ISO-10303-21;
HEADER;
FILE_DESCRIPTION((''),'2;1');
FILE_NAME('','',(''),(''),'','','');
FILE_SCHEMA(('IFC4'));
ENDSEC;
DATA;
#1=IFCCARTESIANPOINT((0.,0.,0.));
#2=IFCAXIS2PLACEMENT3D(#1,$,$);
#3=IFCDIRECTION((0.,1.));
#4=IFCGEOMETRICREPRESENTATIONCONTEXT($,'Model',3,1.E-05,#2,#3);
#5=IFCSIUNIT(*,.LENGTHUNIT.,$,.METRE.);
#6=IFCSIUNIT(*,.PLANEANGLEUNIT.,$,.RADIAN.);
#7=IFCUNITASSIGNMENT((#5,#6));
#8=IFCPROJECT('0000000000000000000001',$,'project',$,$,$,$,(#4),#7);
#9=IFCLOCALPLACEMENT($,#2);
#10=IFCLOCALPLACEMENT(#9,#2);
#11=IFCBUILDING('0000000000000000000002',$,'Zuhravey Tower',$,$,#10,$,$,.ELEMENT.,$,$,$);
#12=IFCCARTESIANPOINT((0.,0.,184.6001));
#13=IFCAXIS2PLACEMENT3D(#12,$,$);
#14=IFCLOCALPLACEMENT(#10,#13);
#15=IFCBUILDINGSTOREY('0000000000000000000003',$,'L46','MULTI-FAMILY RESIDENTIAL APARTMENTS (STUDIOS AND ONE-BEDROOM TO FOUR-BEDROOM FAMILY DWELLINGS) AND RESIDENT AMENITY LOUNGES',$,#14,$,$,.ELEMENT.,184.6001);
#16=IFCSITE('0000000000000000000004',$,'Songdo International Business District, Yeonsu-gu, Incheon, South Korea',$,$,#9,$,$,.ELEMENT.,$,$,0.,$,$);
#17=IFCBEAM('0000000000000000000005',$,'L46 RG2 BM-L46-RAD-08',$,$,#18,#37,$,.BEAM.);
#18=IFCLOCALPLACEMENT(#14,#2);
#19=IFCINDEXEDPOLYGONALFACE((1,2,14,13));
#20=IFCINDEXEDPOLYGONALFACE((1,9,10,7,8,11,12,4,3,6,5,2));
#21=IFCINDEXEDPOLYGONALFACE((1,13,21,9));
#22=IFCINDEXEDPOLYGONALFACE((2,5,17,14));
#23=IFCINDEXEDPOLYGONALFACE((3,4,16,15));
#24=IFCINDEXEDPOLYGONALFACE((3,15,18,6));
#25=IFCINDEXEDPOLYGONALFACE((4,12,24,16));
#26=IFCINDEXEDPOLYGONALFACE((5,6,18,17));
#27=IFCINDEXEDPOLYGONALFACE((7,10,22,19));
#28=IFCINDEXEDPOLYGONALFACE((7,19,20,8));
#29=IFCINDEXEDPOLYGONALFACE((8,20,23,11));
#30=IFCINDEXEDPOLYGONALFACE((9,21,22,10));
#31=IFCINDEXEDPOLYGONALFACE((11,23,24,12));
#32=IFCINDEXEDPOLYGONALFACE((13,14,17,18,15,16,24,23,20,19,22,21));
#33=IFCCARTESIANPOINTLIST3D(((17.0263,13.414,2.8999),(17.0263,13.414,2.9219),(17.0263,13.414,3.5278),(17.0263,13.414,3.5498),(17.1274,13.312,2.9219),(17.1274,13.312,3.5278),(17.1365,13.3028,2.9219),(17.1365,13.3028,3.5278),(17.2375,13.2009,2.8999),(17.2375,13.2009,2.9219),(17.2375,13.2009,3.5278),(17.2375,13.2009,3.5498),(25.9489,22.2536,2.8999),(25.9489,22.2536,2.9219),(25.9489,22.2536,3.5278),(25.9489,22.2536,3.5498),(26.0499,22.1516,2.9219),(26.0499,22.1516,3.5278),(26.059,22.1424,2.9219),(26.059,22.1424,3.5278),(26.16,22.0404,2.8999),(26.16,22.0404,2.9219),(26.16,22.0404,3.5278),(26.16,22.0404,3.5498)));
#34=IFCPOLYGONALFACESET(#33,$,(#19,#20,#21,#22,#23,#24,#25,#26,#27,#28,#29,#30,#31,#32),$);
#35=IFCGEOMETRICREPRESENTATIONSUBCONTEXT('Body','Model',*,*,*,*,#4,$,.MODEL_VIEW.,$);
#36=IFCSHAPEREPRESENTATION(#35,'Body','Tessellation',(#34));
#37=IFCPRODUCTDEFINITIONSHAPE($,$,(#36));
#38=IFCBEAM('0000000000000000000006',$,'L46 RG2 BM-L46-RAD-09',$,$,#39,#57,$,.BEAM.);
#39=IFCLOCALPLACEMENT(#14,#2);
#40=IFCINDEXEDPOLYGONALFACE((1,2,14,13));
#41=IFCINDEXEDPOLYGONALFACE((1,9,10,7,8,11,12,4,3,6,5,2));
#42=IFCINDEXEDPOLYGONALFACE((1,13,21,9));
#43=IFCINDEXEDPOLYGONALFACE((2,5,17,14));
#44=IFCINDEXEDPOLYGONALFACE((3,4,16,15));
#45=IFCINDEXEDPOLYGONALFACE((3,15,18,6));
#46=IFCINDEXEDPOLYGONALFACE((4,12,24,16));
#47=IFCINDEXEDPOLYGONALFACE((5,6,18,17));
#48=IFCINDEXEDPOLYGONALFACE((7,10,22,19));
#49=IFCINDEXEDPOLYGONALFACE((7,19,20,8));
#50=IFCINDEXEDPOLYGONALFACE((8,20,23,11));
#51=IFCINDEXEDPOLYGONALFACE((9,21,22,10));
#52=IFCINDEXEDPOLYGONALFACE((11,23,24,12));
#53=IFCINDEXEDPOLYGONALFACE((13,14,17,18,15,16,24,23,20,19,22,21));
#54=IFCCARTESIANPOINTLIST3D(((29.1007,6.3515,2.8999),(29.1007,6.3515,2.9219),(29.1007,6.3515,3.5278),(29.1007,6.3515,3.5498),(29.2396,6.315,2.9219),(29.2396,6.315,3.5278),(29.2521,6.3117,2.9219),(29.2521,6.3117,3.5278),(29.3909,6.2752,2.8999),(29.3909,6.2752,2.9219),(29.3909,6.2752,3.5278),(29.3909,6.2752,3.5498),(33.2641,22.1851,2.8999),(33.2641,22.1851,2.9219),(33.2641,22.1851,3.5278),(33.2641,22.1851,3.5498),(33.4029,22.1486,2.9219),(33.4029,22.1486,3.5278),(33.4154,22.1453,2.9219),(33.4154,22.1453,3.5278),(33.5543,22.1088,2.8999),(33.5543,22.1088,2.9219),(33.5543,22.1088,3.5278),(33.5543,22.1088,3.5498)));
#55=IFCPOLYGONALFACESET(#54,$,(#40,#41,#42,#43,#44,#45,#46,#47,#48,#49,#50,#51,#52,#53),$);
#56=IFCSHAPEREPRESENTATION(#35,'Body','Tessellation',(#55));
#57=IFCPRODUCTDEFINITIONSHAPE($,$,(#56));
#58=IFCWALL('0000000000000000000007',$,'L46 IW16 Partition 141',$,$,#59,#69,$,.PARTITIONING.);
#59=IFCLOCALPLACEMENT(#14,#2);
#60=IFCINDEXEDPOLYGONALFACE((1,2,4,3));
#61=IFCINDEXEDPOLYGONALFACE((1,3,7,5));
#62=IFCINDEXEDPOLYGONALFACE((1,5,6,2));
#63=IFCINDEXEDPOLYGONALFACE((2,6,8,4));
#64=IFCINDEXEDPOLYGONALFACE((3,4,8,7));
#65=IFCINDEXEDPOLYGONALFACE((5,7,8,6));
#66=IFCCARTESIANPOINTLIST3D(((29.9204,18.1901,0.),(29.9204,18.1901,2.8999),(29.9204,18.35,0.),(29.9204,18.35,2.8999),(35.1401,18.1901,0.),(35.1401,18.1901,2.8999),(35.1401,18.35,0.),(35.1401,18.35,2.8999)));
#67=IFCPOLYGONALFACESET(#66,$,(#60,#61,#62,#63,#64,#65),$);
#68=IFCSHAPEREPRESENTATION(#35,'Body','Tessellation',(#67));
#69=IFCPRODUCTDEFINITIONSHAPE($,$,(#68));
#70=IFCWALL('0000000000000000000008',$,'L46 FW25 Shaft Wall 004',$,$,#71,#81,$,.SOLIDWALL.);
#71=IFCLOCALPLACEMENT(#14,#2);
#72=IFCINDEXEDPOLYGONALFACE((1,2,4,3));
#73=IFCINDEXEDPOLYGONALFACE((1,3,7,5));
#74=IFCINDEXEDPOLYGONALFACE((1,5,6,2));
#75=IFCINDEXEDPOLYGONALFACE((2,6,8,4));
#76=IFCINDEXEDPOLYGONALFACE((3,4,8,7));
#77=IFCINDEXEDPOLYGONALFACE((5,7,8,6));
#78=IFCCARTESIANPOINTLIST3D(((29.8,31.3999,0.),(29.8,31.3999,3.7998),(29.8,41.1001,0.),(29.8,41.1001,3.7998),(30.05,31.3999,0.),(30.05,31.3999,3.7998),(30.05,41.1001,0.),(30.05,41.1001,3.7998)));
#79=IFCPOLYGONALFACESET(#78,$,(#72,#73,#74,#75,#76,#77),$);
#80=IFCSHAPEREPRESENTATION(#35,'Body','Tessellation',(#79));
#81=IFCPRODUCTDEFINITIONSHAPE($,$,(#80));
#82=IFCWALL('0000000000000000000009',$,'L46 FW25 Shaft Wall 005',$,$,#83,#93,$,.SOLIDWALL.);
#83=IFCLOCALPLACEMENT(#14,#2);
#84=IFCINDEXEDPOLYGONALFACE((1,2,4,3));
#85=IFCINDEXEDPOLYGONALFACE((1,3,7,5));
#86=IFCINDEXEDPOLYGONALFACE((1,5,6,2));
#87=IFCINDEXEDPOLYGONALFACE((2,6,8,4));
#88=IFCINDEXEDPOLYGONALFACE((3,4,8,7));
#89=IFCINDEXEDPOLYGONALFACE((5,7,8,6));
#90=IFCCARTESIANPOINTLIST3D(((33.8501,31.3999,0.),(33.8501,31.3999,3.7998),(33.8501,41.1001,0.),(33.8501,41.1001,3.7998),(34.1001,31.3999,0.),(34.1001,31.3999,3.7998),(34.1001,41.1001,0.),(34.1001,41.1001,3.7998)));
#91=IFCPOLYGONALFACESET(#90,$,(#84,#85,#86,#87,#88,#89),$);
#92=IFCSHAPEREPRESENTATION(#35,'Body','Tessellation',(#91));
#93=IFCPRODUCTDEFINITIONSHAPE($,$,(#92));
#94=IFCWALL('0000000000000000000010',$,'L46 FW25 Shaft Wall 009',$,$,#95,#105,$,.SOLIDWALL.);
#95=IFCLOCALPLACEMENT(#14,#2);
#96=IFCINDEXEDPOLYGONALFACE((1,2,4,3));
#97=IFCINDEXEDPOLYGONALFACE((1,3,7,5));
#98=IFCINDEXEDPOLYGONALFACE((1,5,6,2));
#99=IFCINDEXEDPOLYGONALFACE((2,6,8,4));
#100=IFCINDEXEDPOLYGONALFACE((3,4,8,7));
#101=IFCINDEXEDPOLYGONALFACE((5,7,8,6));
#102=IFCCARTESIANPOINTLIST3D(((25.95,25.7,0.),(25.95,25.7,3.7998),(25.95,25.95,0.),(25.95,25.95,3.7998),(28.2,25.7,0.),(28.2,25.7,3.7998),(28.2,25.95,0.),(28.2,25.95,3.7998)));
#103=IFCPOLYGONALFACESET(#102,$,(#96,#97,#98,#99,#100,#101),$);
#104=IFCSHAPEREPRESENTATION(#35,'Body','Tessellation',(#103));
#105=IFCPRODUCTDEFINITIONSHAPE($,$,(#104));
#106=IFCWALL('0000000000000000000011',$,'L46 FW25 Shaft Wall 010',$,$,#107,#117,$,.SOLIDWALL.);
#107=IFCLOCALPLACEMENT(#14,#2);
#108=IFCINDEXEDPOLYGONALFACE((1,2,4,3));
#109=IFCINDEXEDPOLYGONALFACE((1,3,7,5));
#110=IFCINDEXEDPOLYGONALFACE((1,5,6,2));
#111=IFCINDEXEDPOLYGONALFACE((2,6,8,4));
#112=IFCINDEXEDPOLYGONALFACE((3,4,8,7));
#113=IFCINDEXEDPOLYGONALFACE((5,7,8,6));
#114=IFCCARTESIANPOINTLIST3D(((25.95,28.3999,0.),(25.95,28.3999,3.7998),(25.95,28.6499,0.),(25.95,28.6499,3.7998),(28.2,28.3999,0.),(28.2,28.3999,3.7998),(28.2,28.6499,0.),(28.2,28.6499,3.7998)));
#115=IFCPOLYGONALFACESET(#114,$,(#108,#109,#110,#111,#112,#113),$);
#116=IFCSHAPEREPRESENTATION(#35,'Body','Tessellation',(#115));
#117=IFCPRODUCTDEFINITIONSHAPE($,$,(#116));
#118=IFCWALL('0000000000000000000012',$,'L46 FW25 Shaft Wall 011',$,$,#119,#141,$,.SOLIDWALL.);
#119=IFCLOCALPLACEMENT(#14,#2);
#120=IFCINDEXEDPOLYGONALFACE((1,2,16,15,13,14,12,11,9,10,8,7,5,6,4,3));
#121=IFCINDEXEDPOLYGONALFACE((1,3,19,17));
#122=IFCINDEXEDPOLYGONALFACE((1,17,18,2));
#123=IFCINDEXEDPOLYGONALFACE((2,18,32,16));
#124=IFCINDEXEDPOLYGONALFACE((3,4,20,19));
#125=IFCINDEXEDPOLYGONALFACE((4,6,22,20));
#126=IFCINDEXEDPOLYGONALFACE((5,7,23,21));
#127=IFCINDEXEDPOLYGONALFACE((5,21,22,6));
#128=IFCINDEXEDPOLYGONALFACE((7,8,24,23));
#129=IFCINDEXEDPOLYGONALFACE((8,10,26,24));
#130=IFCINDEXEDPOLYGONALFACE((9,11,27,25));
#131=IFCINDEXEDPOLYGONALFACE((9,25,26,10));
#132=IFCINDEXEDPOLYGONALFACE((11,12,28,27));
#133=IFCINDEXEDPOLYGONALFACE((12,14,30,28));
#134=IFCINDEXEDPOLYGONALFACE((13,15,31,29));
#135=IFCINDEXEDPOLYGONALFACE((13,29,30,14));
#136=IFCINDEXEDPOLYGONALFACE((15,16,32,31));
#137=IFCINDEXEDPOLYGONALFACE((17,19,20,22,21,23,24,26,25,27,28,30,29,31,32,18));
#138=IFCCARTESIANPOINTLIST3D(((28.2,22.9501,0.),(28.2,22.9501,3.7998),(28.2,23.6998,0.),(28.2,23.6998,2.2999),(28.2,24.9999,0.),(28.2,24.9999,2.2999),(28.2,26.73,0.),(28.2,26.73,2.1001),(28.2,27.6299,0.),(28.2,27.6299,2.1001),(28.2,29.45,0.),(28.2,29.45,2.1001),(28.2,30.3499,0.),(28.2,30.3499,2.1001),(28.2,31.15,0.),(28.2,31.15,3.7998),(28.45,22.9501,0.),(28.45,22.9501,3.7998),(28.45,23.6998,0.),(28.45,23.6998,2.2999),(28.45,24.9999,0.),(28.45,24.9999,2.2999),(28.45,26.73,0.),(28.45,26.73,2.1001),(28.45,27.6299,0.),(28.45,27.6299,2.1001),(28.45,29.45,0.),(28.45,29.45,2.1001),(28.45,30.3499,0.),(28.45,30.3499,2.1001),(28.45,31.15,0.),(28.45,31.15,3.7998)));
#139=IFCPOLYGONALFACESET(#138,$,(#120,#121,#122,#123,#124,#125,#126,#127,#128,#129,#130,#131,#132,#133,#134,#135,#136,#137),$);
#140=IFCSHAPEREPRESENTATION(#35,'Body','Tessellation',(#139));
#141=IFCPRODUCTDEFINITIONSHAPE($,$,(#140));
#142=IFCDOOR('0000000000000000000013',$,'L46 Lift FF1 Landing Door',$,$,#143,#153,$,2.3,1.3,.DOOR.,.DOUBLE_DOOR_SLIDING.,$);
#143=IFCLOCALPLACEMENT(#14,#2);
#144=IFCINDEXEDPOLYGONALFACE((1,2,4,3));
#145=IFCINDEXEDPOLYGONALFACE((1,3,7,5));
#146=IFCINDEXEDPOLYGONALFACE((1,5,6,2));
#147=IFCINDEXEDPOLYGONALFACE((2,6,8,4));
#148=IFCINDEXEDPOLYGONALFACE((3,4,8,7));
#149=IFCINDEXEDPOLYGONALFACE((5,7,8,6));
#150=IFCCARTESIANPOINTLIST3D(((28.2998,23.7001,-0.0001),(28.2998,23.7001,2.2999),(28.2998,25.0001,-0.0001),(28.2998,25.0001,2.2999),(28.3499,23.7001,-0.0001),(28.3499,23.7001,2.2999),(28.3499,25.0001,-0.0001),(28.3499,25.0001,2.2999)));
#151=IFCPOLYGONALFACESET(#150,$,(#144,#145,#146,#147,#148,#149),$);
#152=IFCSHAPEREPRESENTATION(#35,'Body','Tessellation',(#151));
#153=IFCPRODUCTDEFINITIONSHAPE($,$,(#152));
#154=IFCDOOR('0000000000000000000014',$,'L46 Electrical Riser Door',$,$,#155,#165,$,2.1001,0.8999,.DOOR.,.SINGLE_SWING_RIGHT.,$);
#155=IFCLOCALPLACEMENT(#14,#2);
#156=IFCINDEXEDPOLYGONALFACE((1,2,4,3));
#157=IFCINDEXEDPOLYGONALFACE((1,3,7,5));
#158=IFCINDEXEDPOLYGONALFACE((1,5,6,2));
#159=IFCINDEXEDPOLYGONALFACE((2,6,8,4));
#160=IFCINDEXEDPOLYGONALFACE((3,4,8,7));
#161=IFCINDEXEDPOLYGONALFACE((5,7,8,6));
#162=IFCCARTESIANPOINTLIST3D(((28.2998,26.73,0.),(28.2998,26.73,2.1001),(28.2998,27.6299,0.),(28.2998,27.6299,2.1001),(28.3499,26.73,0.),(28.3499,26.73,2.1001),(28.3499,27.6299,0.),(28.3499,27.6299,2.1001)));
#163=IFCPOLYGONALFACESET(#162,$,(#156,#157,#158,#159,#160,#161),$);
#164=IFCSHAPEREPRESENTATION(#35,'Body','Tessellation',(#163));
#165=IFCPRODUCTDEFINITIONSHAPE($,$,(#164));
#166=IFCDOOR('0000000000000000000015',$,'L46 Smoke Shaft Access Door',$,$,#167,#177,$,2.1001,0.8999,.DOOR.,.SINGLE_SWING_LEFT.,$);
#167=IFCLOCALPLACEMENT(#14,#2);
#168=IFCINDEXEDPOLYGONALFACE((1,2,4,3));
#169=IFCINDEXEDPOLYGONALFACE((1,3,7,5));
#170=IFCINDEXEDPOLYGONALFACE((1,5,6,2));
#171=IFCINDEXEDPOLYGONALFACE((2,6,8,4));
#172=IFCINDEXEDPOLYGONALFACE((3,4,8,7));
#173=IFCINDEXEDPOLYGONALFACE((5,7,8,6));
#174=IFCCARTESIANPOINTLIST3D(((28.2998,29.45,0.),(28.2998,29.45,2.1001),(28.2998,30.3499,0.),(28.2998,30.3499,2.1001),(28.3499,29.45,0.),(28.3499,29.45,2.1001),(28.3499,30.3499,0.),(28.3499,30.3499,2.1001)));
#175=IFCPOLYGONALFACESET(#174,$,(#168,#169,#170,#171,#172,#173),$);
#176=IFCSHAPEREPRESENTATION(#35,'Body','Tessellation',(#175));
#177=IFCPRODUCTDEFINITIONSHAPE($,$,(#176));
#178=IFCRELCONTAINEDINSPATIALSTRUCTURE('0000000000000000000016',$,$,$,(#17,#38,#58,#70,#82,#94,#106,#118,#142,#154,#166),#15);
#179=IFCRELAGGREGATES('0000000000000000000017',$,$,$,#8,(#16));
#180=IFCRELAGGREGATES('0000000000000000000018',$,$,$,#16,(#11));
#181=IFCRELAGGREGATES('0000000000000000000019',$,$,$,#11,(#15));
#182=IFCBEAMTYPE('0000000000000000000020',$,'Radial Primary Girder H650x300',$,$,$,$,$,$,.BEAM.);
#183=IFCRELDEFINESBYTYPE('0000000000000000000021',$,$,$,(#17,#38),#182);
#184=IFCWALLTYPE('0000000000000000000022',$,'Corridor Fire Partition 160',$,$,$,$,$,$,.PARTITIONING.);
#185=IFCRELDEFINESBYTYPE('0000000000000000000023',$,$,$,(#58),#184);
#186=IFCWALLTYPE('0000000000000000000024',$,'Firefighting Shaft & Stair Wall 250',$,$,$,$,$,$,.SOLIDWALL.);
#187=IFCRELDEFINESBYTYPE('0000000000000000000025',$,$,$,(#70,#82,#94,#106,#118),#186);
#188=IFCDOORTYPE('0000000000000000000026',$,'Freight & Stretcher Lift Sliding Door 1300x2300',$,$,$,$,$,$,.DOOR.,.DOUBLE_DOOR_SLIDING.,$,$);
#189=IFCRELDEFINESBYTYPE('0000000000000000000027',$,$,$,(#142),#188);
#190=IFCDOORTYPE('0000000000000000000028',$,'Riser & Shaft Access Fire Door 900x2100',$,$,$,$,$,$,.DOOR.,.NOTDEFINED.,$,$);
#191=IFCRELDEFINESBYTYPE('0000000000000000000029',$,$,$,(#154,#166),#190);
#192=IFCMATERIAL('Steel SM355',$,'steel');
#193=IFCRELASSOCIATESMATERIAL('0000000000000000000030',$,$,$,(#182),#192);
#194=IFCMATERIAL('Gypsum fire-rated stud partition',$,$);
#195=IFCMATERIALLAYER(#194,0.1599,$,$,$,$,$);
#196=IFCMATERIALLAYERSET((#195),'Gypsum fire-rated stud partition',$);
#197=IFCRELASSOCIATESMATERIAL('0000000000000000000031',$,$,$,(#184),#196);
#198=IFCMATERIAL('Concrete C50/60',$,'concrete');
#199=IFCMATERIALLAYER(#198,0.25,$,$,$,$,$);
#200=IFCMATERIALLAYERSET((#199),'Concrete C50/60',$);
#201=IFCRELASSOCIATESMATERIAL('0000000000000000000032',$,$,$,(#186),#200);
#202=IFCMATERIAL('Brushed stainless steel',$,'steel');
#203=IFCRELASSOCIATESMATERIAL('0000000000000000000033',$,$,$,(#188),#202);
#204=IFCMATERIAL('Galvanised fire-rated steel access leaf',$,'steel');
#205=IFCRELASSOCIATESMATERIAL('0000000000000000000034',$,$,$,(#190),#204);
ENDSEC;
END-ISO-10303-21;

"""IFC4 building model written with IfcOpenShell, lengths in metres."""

from ifc_helpers import new_model, si_unit, direction, frame, frame_2d, origin, origin_2d, place, context, subcontext, project, spatial, rectangle, i_section, extrude, material, layer, layer_set, material_profile, profile_set, type_object, element, fill, save


model = new_model("IFC4")

# Units and contexts
model_context = context("Model", 3, precision=1e-05, world=origin(), true_north=direction((0.0, 1.0)))
body_context = subcontext(model_context, "Body", "Model", "MODEL_VIEW")
ifc_project = project(units=[si_unit("LENGTHUNIT", "METRE"), si_unit("PLANEANGLEUNIT", "RADIAN")], contexts=[model_context])

# Site, building, storey
site_placement = place(None, origin())
site = spatial("IfcSite", under=ifc_project, at=site_placement, Name="Songdo International Business District, Yeonsu-gu, Incheon, South Korea", CompositionType="ELEMENT", RefElevation=0.0)
building_placement = place(site_placement, origin())
building = spatial("IfcBuilding", under=site, at=building_placement, Name="Zuhravey Tower", CompositionType="ELEMENT")
storey_placement = place(building_placement, frame((0.0, 0.0, 184.6001)))
storey = spatial("IfcBuildingStorey", under=building, at=storey_placement, Name="L46", Description="MULTI-FAMILY RESIDENTIAL APARTMENTS (STUDIOS AND ONE-BEDROOM TO FOUR-BEDROOM FAMILY DWELLINGS) AND RESIDENT AMENITY LOUNGES", CompositionType="ELEMENT", Elevation=184.6001)

# Beams
ifc_material_1 = material(Name="Steel SM355", Category="steel")
ifc_material_profile = material_profile(ifc_material_1, i_section(OverallWidth=0.3, OverallDepth=0.6499, WebThickness=0.0129, FlangeThickness=0.022, at=origin_2d()), Name="H-650x300x13x22")
ifc_profile_set = profile_set([ifc_material_profile], Name="Steel SM355")
beam_type = type_object("IfcBeamType", Name="Radial Primary Girder H650x300", PredefinedType="BEAM", material=ifc_profile_set)
beam_1_placement = place(storey_placement, frame((26.0544, 22.147, 3.2249), z_axis=(-0.710404, -0.703795, 0.0), x_axis=(0.703795, -0.710404, 0.0)))
element("IfcBeam", 1, at=beam_1_placement, inside=storey, type_object=beam_type, Name="L46 RG2 BM-L46-RAD-08", PredefinedType="BEAM", context=body_context, shape_type="SweptSolid", body=[
    extrude(i_section(OverallWidth=0.3, OverallDepth=0.6499, WebThickness=0.0129, FlangeThickness=0.022, at=origin_2d()), origin(), (0.0, 0.0, 1.0), 12.5598),
])
beam_2_placement = place(storey_placement, frame((33.4092, 22.147, 3.2249), z_axis=(-0.2543, -0.967125, 0.0), x_axis=(0.967125, -0.2543, 0.0)))
element("IfcBeam", 2, at=beam_2_placement, inside=storey, type_object=beam_type, Name="L46 RG2 BM-L46-RAD-09", PredefinedType="BEAM", context=body_context, shape_type="SweptSolid", body=[
    extrude(i_section(OverallWidth=0.3, OverallDepth=0.6499, WebThickness=0.0129, FlangeThickness=0.022, at=origin_2d()), origin(), (0.0, 0.0, 1.0), 16.3718),
])

# Shared definitions
ifc_material_2 = material(Name="Gypsum fire-rated stud partition")
ifc_layer_1 = layer(ifc_material_2, 0.1599)
ifc_layer_set_1 = layer_set([ifc_layer_1], Name="Gypsum fire-rated stud partition")
wall_type_1 = type_object("IfcWallType", Name="Corridor Fire Partition 160", PredefinedType="PARTITIONING", material=ifc_layer_set_1)

# Wall
wall_1_placement = place(storey_placement, frame((29.9204, 18.27, 0.0), z_axis=(0.0, 0.0, 1.0), x_axis=(1.0, 0.0, 0.0)))
element("IfcWall", 3, at=wall_1_placement, inside=storey, type_object=wall_type_1, Name="L46 IW16 Partition 141", PredefinedType="PARTITIONING", context=body_context, shape_type="SweptSolid", body=[
    extrude(rectangle(XDim=5.2197, YDim=0.1599, at=frame_2d((2.6099, 0.0))), origin(), (0.0, 0.0, 1.0), 2.8999),
])

# Shared definitions
ifc_material_3 = material(Name="Concrete C50/60", Category="concrete")
ifc_layer_2 = layer(ifc_material_3, 0.25)
ifc_layer_set_2 = layer_set([ifc_layer_2], Name="Concrete C50/60")
wall_type_2 = type_object("IfcWallType", Name="Firefighting Shaft & Stair Wall 250", PredefinedType="SOLIDWALL", material=ifc_layer_set_2)

# Walls
for number, where, z_axis, x_axis, name in (
    (4, (29.925, 31.3999, 0.0), (0.0, 0.0, 1.0), (0.0, 1.0, 0.0), "L46 FW25 Shaft Wall 004"),
    (5, (33.9751, 31.3999, 0.0), (0.0, 0.0, 1.0), (0.0, 1.0, 0.0), "L46 FW25 Shaft Wall 005"),
):
    element("IfcWall", number, at=place(storey_placement, frame(where, z_axis=z_axis, x_axis=x_axis)), inside=storey, type_object=wall_type_2, Name=name, PredefinedType="SOLIDWALL", context=body_context, shape_type="SweptSolid", body=[
        extrude(rectangle(XDim=9.7002, YDim=0.25, at=frame_2d((4.8501, 0.0))), origin(), (0.0, 0.0, 1.0), 3.7998),
    ])
for number, where, z_axis, x_axis, name in (
    (6, (25.95, 25.825, 0.0), (0.0, 0.0, 1.0), (1.0, 0.0, 0.0), "L46 FW25 Shaft Wall 009"),
    (7, (25.95, 28.5249, 0.0), (0.0, 0.0, 1.0), (1.0, 0.0, 0.0), "L46 FW25 Shaft Wall 010"),
):
    element("IfcWall", number, at=place(storey_placement, frame(where, z_axis=z_axis, x_axis=x_axis)), inside=storey, type_object=wall_type_2, Name=name, PredefinedType="SOLIDWALL", context=body_context, shape_type="SweptSolid", body=[
        extrude(rectangle(XDim=2.25, YDim=0.25, at=frame_2d((1.125, 0.0))), origin(), (0.0, 0.0, 1.0), 3.7998),
    ])

# Wall, openings, doors
wall_2_placement = place(storey_placement, frame((28.325, 22.95, 0.0), z_axis=(0.0, 0.0, 1.0), x_axis=(0.0, 1.0, 0.0)))
wall_2 = element("IfcWall", 8, at=wall_2_placement, inside=storey, type_object=wall_type_2, Name="L46 FW25 Shaft Wall 011", PredefinedType="SOLIDWALL", context=body_context, shape_type="SweptSolid", body=[
    extrude(rectangle(XDim=8.2, YDim=0.25, at=frame_2d((4.1001, 0.0))), origin(), (0.0, 0.0, 1.0), 3.7998),
])
opening_1_placement = place(wall_2_placement, frame((0.75, 0.0, 0.0)))
opening_1 = element("IfcOpeningElement", 9, at=opening_1_placement, cuts=wall_2, PredefinedType="OPENING", context=body_context, shape_type="SweptSolid", body=[
    extrude(rectangle(XDim=1.3, YDim=2.3, at=frame_2d((0.6499, 1.1499))), frame((0.0, 0.137, 0.0), z_axis=(0.0, -1.0, 0.0), x_axis=(1.0, 0.0, 0.0)), (0.0, 0.0, 1.0), 0.2739),
])
opening_2_placement = place(wall_2_placement, frame((3.78, 0.0, 0.0)))
opening_2 = element("IfcOpeningElement", 10, at=opening_2_placement, cuts=wall_2, PredefinedType="OPENING", context=body_context, shape_type="SweptSolid", body=[
    extrude(rectangle(XDim=0.8999, YDim=2.1001, at=frame_2d((0.45, 1.05))), frame((0.0, 0.137, 0.0), z_axis=(0.0, -1.0, 0.0), x_axis=(1.0, 0.0, 0.0)), (0.0, 0.0, 1.0), 0.2739),
])
opening_3_placement = place(wall_2_placement, frame((6.5, 0.0, 0.0)))
opening_3 = element("IfcOpeningElement", 11, at=opening_3_placement, cuts=wall_2, PredefinedType="OPENING", context=body_context, shape_type="SweptSolid", body=[
    extrude(rectangle(XDim=0.8999, YDim=2.1001, at=frame_2d((0.45, 1.05))), frame((0.0, 0.137, 0.0), z_axis=(0.0, -1.0, 0.0), x_axis=(1.0, 0.0, 0.0)), (0.0, 0.0, 1.0), 0.2739),
])
ifc_material_4 = material(Name="Brushed stainless steel", Category="steel")
door_type_1 = type_object("IfcDoorType", Name="Freight & Stretcher Lift Sliding Door 1300x2300", OperationType="DOUBLE_DOOR_SLIDING", PredefinedType="DOOR", material=ifc_material_4)
door_1_placement = place(opening_1_placement, frame((1.3, 0.0, 0.0), z_axis=(0.0, 0.0, 1.0), x_axis=(-1.0, 0.0, 0.0)))
door_1 = element("IfcDoor", 12, at=door_1_placement, inside=storey, type_object=door_type_1, Name="L46 Lift FF1 Landing Door", OperationType="DOUBLE_DOOR_SLIDING", OverallHeight=2.3, OverallWidth=1.3, PredefinedType="DOOR", context=body_context, shape_type="SweptSolid", body=[
    extrude(rectangle(XDim=1.3, YDim=2.3, at=frame_2d((0.6499, 1.1499))), frame((0.0, 0.0249, 0.0), z_axis=(0.0, -1.0, 0.0), x_axis=(1.0, 0.0, 0.0)), (0.0, 0.0, 1.0), 0.05),
])
fill(opening_1, door_1)
ifc_material_5 = material(Name="Galvanised fire-rated steel access leaf", Category="steel")
door_type_2 = type_object("IfcDoorType", Name="Riser & Shaft Access Fire Door 900x2100", OperationType="NOTDEFINED", PredefinedType="DOOR", material=ifc_material_5)
door_2_placement = place(opening_2_placement, frame((0.8999, 0.0, 0.0), z_axis=(0.0, 0.0, 1.0), x_axis=(-1.0, 0.0, 0.0)))
door_2 = element("IfcDoor", 13, at=door_2_placement, inside=storey, type_object=door_type_2, Name="L46 Electrical Riser Door", OperationType="SINGLE_SWING_RIGHT", OverallHeight=2.1001, OverallWidth=0.8999, PredefinedType="DOOR", context=body_context, shape_type="SweptSolid", body=[
    extrude(rectangle(XDim=0.8999, YDim=2.1001, at=frame_2d((0.45, 1.05))), frame((0.0, 0.0249, 0.0), z_axis=(0.0, -1.0, 0.0), x_axis=(1.0, 0.0, 0.0)), (0.0, 0.0, 1.0), 0.05),
])
fill(opening_2, door_2)
door_3_placement = place(opening_3_placement, frame((0.8999, 0.0, 0.0), z_axis=(0.0, 0.0, 1.0), x_axis=(-1.0, 0.0, 0.0)))
door_3 = element("IfcDoor", 14, at=door_3_placement, inside=storey, type_object=door_type_2, Name="L46 Smoke Shaft Access Door", OperationType="SINGLE_SWING_LEFT", OverallHeight=2.1001, OverallWidth=0.8999, PredefinedType="DOOR", context=body_context, shape_type="SweptSolid", body=[
    extrude(rectangle(XDim=0.8999, YDim=2.1001, at=frame_2d((0.45, 1.05))), frame((0.0, 0.0249, 0.0), z_axis=(0.0, -1.0, 0.0), x_axis=(1.0, 0.0, 0.0)), (0.0, 0.0, 1.0), 0.05),
])
fill(opening_3, door_3)

save(model, "model.ifc")
